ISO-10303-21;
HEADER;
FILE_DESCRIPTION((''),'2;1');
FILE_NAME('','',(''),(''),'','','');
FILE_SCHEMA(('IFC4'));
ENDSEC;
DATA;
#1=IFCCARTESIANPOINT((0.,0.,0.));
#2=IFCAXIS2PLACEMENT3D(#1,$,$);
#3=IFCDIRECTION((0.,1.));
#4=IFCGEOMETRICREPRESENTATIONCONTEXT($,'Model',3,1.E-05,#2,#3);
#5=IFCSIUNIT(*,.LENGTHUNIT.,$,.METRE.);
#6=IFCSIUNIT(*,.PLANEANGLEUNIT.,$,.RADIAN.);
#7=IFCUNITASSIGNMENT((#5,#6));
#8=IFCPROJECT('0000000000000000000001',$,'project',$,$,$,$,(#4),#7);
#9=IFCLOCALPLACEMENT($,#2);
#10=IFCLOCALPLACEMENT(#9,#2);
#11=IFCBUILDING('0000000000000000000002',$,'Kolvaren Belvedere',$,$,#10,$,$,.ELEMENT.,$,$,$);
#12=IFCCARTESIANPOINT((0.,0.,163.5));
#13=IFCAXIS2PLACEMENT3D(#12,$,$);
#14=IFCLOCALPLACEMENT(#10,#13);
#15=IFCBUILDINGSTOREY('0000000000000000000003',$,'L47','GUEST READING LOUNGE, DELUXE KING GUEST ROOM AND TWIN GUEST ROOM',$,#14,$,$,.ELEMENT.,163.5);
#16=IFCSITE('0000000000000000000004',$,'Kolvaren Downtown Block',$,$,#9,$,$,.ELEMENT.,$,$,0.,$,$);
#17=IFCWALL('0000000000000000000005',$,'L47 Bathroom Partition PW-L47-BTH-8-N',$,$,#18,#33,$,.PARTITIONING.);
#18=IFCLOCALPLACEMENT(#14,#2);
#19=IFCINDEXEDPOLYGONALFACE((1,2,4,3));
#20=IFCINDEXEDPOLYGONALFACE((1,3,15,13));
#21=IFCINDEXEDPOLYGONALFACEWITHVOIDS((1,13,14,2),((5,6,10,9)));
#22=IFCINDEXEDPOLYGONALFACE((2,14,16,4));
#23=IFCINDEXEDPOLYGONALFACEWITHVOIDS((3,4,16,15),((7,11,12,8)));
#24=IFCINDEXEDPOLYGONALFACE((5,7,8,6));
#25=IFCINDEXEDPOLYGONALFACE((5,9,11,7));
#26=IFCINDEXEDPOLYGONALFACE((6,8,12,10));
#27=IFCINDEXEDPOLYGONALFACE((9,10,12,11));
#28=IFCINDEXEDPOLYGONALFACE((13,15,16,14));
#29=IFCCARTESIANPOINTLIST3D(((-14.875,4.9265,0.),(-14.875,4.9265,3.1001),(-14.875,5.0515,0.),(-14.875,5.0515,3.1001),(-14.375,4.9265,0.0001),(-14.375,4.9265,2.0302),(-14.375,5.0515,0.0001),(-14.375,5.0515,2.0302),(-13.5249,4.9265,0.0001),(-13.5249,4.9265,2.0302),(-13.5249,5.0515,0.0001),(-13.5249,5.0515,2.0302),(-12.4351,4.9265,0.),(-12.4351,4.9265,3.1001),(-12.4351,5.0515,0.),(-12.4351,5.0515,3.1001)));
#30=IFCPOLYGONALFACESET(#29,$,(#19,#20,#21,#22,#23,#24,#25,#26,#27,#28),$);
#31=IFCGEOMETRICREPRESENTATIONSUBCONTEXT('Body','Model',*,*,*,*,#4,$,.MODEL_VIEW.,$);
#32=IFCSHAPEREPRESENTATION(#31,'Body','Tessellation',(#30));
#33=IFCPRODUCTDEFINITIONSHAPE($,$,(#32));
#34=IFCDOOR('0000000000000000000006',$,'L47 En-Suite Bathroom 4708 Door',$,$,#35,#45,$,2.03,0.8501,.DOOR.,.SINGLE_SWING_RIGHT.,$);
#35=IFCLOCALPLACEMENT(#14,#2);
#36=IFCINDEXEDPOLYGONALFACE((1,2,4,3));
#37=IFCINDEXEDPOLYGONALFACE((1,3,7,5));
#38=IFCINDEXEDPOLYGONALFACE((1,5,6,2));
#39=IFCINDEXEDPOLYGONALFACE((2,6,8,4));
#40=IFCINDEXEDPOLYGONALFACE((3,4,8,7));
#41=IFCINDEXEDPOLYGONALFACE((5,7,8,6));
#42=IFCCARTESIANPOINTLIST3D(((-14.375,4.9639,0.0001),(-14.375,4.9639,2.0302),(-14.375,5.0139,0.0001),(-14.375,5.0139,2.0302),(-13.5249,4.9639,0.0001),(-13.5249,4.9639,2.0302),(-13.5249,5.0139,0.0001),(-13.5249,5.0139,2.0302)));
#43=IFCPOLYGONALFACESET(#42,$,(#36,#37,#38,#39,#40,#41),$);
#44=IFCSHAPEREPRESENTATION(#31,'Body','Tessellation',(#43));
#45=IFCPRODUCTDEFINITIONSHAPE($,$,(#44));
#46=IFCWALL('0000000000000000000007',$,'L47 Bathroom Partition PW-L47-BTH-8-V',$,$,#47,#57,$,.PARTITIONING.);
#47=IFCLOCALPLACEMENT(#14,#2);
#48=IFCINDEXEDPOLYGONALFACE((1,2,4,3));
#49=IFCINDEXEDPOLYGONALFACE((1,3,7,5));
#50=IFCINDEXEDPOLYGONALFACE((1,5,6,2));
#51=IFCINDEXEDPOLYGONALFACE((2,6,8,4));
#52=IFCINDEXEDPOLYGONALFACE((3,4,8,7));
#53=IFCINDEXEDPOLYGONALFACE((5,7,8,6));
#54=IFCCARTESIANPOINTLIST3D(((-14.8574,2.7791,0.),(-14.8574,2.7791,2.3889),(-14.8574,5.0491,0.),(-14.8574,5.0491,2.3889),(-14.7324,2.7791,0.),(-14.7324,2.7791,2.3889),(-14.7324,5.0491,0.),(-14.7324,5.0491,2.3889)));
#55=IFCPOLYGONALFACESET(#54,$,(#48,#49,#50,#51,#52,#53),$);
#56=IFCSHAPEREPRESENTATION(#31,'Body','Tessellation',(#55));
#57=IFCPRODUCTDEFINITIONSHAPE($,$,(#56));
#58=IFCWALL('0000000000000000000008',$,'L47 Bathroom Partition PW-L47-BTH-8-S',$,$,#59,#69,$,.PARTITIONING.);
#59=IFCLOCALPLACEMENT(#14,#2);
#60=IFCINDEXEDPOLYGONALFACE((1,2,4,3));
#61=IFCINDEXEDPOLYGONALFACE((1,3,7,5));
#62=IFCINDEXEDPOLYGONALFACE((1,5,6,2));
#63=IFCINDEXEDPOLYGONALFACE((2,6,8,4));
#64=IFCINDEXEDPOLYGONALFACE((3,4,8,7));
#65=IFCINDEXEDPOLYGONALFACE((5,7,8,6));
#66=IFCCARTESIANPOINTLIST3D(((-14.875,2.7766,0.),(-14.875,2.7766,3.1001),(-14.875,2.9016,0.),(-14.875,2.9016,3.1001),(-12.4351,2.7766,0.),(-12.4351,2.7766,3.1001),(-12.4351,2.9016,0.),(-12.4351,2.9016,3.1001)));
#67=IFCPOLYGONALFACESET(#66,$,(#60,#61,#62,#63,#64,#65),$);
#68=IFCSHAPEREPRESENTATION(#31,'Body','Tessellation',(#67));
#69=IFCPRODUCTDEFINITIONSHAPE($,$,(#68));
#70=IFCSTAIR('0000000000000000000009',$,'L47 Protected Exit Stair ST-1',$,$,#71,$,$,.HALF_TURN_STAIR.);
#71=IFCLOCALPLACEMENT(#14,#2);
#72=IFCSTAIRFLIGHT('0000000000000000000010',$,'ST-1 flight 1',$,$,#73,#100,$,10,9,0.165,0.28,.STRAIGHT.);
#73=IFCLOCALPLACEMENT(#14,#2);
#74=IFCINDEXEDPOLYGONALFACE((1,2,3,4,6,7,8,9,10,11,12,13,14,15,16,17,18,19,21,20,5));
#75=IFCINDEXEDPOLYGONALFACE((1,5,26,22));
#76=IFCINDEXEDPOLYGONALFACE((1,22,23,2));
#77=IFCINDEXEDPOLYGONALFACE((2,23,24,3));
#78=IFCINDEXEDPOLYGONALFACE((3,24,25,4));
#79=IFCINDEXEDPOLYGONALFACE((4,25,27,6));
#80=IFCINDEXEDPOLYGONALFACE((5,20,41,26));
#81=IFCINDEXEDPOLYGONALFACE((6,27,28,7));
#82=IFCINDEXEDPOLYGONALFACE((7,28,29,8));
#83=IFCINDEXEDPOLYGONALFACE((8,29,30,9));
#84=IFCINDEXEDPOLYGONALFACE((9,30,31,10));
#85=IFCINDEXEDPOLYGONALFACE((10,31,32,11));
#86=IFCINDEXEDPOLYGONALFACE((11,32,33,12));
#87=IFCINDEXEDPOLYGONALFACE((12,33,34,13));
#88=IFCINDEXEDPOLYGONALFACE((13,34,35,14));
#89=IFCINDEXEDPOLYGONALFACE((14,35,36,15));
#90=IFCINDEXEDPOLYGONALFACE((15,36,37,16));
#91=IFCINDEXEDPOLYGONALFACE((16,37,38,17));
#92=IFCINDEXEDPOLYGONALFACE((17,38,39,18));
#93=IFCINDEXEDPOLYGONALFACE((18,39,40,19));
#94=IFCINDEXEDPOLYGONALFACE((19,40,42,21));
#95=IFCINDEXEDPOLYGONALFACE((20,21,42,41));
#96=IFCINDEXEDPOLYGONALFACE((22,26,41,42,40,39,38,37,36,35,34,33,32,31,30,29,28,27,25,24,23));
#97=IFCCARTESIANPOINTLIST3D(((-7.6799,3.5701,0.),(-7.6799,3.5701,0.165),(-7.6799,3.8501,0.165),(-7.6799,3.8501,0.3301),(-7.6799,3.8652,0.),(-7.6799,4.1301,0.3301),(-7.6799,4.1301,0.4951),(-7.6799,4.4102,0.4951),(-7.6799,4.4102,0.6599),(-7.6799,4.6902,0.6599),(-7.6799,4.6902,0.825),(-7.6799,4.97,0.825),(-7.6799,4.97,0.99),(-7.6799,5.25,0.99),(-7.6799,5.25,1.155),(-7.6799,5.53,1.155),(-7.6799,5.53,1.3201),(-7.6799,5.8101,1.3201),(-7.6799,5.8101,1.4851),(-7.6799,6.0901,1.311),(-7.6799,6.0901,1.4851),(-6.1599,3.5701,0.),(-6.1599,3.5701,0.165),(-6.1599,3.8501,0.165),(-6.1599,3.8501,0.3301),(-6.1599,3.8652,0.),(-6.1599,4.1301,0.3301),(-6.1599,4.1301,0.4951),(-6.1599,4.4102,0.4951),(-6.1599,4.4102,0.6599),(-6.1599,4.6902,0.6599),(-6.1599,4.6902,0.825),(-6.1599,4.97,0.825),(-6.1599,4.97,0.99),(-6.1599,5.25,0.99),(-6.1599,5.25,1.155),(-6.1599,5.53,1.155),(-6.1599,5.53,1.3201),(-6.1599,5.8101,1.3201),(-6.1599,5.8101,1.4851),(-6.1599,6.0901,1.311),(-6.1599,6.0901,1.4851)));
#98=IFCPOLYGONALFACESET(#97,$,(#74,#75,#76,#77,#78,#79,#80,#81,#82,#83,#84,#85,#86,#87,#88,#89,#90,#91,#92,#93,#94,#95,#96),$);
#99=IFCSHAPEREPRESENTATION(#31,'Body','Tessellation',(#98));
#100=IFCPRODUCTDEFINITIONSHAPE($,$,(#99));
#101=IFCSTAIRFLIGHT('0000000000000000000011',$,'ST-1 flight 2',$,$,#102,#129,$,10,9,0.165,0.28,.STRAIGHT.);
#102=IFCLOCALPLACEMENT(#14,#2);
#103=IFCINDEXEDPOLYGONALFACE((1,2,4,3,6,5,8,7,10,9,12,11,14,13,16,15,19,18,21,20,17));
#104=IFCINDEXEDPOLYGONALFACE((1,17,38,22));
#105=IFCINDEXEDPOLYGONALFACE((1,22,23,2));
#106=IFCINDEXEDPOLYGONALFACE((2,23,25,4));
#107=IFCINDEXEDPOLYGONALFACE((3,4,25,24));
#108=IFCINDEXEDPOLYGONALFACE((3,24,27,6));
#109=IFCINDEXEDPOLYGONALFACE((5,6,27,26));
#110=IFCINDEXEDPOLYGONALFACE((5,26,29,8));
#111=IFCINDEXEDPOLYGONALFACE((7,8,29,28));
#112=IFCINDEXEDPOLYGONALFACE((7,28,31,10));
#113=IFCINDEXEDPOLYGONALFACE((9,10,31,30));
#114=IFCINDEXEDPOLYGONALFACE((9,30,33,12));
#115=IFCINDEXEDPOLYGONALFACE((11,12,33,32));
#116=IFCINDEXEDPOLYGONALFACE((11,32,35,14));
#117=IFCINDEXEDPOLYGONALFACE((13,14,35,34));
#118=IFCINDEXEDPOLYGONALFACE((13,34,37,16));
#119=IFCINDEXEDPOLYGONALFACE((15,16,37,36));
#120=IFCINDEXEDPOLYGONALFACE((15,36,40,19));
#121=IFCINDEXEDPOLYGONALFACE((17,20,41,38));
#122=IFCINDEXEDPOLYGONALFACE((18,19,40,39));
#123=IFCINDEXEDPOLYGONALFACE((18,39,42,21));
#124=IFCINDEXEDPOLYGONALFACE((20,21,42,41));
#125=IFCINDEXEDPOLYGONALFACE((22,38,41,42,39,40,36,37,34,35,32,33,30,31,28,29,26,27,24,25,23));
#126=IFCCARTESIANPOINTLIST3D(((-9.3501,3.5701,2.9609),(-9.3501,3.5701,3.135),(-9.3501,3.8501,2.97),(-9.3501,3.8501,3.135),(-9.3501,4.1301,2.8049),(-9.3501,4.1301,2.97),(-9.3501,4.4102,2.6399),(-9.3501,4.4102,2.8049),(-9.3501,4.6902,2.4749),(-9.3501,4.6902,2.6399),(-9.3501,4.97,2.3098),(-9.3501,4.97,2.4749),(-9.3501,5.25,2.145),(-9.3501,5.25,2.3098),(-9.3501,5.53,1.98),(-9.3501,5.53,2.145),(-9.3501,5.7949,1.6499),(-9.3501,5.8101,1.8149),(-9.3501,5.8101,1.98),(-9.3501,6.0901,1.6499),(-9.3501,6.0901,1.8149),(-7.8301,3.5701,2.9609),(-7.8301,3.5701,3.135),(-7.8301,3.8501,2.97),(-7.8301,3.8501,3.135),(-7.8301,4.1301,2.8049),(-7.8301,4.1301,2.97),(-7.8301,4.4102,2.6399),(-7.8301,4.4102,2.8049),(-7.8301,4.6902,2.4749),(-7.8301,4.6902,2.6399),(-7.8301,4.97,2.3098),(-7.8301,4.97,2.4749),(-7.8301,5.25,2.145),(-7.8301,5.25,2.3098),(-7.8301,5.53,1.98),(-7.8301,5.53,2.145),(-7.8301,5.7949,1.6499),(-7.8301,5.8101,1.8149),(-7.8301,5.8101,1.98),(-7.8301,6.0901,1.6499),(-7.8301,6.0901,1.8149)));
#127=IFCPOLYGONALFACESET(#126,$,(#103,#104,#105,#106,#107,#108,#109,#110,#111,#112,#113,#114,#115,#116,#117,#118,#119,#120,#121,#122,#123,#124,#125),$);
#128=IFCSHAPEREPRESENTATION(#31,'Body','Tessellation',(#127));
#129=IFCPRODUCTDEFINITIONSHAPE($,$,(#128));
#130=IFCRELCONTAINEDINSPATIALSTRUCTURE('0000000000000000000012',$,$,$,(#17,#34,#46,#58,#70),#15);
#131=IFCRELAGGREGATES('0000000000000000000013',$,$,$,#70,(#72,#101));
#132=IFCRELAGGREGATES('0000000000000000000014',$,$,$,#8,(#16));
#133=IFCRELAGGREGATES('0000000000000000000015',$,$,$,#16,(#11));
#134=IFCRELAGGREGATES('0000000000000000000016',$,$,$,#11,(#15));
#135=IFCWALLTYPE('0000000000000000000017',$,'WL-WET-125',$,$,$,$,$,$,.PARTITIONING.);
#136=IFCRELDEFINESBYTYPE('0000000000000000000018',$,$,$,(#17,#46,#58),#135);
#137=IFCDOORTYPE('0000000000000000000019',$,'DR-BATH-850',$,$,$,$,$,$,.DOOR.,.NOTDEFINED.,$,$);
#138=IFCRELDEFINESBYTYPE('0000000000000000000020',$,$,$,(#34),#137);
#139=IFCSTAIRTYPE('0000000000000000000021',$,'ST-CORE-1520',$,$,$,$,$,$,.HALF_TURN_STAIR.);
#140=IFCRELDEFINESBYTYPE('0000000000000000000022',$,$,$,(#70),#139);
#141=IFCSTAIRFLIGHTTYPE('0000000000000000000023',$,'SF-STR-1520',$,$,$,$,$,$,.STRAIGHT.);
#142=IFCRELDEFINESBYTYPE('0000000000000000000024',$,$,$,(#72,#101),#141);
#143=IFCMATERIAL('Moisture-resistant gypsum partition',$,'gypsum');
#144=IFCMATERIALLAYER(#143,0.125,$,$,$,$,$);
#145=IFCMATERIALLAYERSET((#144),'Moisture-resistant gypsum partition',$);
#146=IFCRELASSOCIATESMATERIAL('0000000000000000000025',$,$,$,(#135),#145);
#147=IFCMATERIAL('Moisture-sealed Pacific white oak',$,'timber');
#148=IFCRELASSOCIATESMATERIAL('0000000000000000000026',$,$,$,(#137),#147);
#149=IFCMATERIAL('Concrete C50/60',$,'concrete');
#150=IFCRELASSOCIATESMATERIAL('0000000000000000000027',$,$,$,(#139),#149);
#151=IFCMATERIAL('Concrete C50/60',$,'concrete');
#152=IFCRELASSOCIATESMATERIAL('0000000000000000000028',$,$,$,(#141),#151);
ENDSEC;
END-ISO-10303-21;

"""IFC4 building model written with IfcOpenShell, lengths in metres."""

from ifc_helpers import new_model, si_unit, direction, frame, frame_2d, origin, place, context, subcontext, project, spatial, polyline, rectangle, outline, extrude, material, layer, layer_set, type_object, element, fill, aggregate, save


model = new_model("IFC4")

# Units and contexts
model_context = context("Model", 3, precision=1e-05, world=origin(), true_north=direction((0.0, 1.0)))
body_context = subcontext(model_context, "Body", "Model", "MODEL_VIEW")
ifc_project = project(units=[si_unit("LENGTHUNIT", "METRE"), si_unit("PLANEANGLEUNIT", "RADIAN")], contexts=[model_context])

# Site, building, storey
site_placement = place(None, origin())
site = spatial("IfcSite", under=ifc_project, at=site_placement, Name="Kolvaren Downtown Block", CompositionType="ELEMENT", RefElevation=0.0)
building_placement = place(site_placement, origin())
building = spatial("IfcBuilding", under=site, at=building_placement, Name="Kolvaren Belvedere", CompositionType="ELEMENT")
storey_placement = place(building_placement, frame((0.0, 0.0, 163.5)))
storey = spatial("IfcBuildingStorey", under=building, at=storey_placement, Name="L47", Description="GUEST READING LOUNGE, DELUXE KING GUEST ROOM AND TWIN GUEST ROOM", CompositionType="ELEMENT", Elevation=163.5)

# Wall, opening, door
ifc_material_1 = material(Name="Moisture-resistant gypsum partition", Category="gypsum")
ifc_layer_1 = layer(ifc_material_1, 0.125)
ifc_layer_set_1 = layer_set([ifc_layer_1], Name="Moisture-resistant gypsum partition")
wall_type_1 = type_object("IfcWallType", Name="WL-WET-125", PredefinedType="PARTITIONING", material=ifc_layer_set_1)
wall_1_placement = place(storey_placement, frame((-14.875, 4.989, 0.0), z_axis=(0.0, 0.0, 1.0), x_axis=(1.0, 0.0, 0.0)))
wall_1 = element("IfcWall", 1, at=wall_1_placement, inside=storey, type_object=wall_type_1, Name="L47 Bathroom Partition PW-L47-BTH-8-N", PredefinedType="PARTITIONING", context=body_context, shape_type="SweptSolid", body=[
    extrude(rectangle(XDim=2.4399, YDim=0.125, at=frame_2d((1.22, 0.0))), origin(), (0.0, 0.0, 1.0), 3.1001),
])
opening_1_placement = place(wall_1_placement, frame((0.5, 0.0, 0.0)))
opening_1 = element("IfcOpeningElement", 2, at=opening_1_placement, cuts=wall_1, PredefinedType="OPENING", context=body_context, shape_type="SweptSolid", body=[
    extrude(rectangle(XDim=0.8501, YDim=2.03, at=frame_2d((0.425, 1.0151))), frame((0.0, 0.0725, 0.0), z_axis=(0.0, -1.0, 0.0), x_axis=(1.0, 0.0, 0.0)), (0.0, 0.0, 1.0), 0.145),
])
ifc_material_2 = material(Name="Moisture-sealed Pacific white oak", Category="timber")
door_type_1 = type_object("IfcDoorType", Name="DR-BATH-850", OperationType="NOTDEFINED", PredefinedType="DOOR", material=ifc_material_2)
door_1_placement = place(opening_1_placement, origin())
door_1 = element("IfcDoor", 3, at=door_1_placement, inside=storey, type_object=door_type_1, Name="L47 En-Suite Bathroom 4708 Door", OperationType="SINGLE_SWING_RIGHT", OverallHeight=2.03, OverallWidth=0.8501, PredefinedType="DOOR", context=body_context, shape_type="SweptSolid", body=[
    extrude(rectangle(XDim=0.8501, YDim=2.03, at=frame_2d((0.425, 1.0151))), frame((0.0, 0.0249, 0.0), z_axis=(0.0, -1.0, 0.0), x_axis=(1.0, 0.0, 0.0)), (0.0, 0.0, 1.0), 0.05),
])
fill(opening_1, door_1)

# Walls
wall_2_placement = place(storey_placement, frame((-14.7949, 2.7791, 0.0), z_axis=(0.0, 0.0, 1.0), x_axis=(0.0, 1.0, 0.0)))
element("IfcWall", 4, at=wall_2_placement, inside=storey, type_object=wall_type_1, Name="L47 Bathroom Partition PW-L47-BTH-8-V", PredefinedType="PARTITIONING", context=body_context, shape_type="SweptSolid", body=[
    extrude(rectangle(XDim=2.27, YDim=0.125, at=frame_2d((1.135, 0.0))), origin(), (0.0, 0.0, 1.0), 2.3889),
])
wall_3_placement = place(storey_placement, frame((-14.875, 2.8391, 0.0), z_axis=(0.0, 0.0, 1.0), x_axis=(1.0, 0.0, 0.0)))
element("IfcWall", 5, at=wall_3_placement, inside=storey, type_object=wall_type_1, Name="L47 Bathroom Partition PW-L47-BTH-8-S", PredefinedType="PARTITIONING", context=body_context, shape_type="SweptSolid", body=[
    extrude(rectangle(XDim=2.4399, YDim=0.125, at=frame_2d((1.22, 0.0))), origin(), (0.0, 0.0, 1.0), 3.1001),
])

# Stair, stair flights
ifc_material_3 = material(Name="Concrete C50/60", Category="concrete")
stair_type = type_object("IfcStairType", Name="ST-CORE-1520", PredefinedType="HALF_TURN_STAIR", material=ifc_material_3)
stair_placement = place(storey_placement, origin())
stair = element("IfcStair", 6, at=stair_placement, inside=storey, type_object=stair_type, Name="L47 Protected Exit Stair ST-1", PredefinedType="HALF_TURN_STAIR")
ifc_material_4 = material(Name="Concrete C50/60", Category="concrete")
stair_flight_type = type_object("IfcStairFlightType", Name="SF-STR-1520", PredefinedType="STRAIGHT", material=ifc_material_4)
stair_flight_1_placement = place(storey_placement, frame((-6.9199, 3.5701, 0.0), z_axis=(0.0, 0.0, 1.0), x_axis=(0.0, 1.0, 0.0)))
stair_flight_1 = element("IfcStairFlight", 7, at=stair_flight_1_placement, type_object=stair_flight_type, Name="ST-1 flight 1", NumberOfRisers=10, NumberOfTreads=9, PredefinedType="STRAIGHT", RiserHeight=0.165, TreadLength=0.28, context=body_context, shape_type="SweptSolid", body=[
    extrude(outline(polyline([(0.0, 0.0), (0.0, 0.165), (0.28, 0.165), (0.28, 0.3301), (0.5601, 0.3301), (0.5601, 0.4951), (0.8401, 0.4951), (0.8401, 0.6599), (1.1201, 0.6599), (1.1201, 0.825), (1.3999, 0.825), (1.3999, 0.99), (1.6799, 0.99), (1.6799, 1.155), (1.96, 1.155), (1.96, 1.3201), (2.24, 1.3201), (2.24, 1.4851), (2.52, 1.4851), (2.52, 1.6499), (2.52, 1.311), (0.2952, 0.0), (0.0, 0.0)])), frame((0.0, 0.76, 0.0), z_axis=(0.0, -1.0, 0.0), x_axis=(1.0, 0.0, 0.0)), (0.0, 0.0, 1.0), 1.52),
])
stair_flight_2_placement = place(storey_placement, frame((-8.5901, 6.0901, 1.6499), z_axis=(0.0, 0.0, 1.0), x_axis=(0.0, -1.0, 0.0)))
stair_flight_2 = element("IfcStairFlight", 8, at=stair_flight_2_placement, type_object=stair_flight_type, Name="ST-1 flight 2", NumberOfRisers=10, NumberOfTreads=9, PredefinedType="STRAIGHT", RiserHeight=0.165, TreadLength=0.28, context=body_context, shape_type="SweptSolid", body=[
    extrude(outline(polyline([(0.0, 0.0), (0.0, 0.165), (0.28, 0.165), (0.28, 0.3301), (0.5601, 0.3301), (0.5601, 0.4951), (0.8401, 0.4951), (0.8401, 0.6599), (1.1201, 0.6599), (1.1201, 0.825), (1.3999, 0.825), (1.3999, 0.99), (1.6799, 0.99), (1.6799, 1.155), (1.96, 1.155), (1.96, 1.3201), (2.24, 1.3201), (2.24, 1.4851), (2.52, 1.4851), (2.52, 1.6499), (2.52, 1.311), (0.2952, 0.0), (0.0, 0.0)])), frame((0.0, 0.76, 0.0), z_axis=(0.0, -1.0, 0.0), x_axis=(1.0, 0.0, 0.0)), (0.0, 0.0, 1.0), 1.52),
])
aggregate(stair, [stair_flight_1, stair_flight_2])

save(model, "model.ifc")
